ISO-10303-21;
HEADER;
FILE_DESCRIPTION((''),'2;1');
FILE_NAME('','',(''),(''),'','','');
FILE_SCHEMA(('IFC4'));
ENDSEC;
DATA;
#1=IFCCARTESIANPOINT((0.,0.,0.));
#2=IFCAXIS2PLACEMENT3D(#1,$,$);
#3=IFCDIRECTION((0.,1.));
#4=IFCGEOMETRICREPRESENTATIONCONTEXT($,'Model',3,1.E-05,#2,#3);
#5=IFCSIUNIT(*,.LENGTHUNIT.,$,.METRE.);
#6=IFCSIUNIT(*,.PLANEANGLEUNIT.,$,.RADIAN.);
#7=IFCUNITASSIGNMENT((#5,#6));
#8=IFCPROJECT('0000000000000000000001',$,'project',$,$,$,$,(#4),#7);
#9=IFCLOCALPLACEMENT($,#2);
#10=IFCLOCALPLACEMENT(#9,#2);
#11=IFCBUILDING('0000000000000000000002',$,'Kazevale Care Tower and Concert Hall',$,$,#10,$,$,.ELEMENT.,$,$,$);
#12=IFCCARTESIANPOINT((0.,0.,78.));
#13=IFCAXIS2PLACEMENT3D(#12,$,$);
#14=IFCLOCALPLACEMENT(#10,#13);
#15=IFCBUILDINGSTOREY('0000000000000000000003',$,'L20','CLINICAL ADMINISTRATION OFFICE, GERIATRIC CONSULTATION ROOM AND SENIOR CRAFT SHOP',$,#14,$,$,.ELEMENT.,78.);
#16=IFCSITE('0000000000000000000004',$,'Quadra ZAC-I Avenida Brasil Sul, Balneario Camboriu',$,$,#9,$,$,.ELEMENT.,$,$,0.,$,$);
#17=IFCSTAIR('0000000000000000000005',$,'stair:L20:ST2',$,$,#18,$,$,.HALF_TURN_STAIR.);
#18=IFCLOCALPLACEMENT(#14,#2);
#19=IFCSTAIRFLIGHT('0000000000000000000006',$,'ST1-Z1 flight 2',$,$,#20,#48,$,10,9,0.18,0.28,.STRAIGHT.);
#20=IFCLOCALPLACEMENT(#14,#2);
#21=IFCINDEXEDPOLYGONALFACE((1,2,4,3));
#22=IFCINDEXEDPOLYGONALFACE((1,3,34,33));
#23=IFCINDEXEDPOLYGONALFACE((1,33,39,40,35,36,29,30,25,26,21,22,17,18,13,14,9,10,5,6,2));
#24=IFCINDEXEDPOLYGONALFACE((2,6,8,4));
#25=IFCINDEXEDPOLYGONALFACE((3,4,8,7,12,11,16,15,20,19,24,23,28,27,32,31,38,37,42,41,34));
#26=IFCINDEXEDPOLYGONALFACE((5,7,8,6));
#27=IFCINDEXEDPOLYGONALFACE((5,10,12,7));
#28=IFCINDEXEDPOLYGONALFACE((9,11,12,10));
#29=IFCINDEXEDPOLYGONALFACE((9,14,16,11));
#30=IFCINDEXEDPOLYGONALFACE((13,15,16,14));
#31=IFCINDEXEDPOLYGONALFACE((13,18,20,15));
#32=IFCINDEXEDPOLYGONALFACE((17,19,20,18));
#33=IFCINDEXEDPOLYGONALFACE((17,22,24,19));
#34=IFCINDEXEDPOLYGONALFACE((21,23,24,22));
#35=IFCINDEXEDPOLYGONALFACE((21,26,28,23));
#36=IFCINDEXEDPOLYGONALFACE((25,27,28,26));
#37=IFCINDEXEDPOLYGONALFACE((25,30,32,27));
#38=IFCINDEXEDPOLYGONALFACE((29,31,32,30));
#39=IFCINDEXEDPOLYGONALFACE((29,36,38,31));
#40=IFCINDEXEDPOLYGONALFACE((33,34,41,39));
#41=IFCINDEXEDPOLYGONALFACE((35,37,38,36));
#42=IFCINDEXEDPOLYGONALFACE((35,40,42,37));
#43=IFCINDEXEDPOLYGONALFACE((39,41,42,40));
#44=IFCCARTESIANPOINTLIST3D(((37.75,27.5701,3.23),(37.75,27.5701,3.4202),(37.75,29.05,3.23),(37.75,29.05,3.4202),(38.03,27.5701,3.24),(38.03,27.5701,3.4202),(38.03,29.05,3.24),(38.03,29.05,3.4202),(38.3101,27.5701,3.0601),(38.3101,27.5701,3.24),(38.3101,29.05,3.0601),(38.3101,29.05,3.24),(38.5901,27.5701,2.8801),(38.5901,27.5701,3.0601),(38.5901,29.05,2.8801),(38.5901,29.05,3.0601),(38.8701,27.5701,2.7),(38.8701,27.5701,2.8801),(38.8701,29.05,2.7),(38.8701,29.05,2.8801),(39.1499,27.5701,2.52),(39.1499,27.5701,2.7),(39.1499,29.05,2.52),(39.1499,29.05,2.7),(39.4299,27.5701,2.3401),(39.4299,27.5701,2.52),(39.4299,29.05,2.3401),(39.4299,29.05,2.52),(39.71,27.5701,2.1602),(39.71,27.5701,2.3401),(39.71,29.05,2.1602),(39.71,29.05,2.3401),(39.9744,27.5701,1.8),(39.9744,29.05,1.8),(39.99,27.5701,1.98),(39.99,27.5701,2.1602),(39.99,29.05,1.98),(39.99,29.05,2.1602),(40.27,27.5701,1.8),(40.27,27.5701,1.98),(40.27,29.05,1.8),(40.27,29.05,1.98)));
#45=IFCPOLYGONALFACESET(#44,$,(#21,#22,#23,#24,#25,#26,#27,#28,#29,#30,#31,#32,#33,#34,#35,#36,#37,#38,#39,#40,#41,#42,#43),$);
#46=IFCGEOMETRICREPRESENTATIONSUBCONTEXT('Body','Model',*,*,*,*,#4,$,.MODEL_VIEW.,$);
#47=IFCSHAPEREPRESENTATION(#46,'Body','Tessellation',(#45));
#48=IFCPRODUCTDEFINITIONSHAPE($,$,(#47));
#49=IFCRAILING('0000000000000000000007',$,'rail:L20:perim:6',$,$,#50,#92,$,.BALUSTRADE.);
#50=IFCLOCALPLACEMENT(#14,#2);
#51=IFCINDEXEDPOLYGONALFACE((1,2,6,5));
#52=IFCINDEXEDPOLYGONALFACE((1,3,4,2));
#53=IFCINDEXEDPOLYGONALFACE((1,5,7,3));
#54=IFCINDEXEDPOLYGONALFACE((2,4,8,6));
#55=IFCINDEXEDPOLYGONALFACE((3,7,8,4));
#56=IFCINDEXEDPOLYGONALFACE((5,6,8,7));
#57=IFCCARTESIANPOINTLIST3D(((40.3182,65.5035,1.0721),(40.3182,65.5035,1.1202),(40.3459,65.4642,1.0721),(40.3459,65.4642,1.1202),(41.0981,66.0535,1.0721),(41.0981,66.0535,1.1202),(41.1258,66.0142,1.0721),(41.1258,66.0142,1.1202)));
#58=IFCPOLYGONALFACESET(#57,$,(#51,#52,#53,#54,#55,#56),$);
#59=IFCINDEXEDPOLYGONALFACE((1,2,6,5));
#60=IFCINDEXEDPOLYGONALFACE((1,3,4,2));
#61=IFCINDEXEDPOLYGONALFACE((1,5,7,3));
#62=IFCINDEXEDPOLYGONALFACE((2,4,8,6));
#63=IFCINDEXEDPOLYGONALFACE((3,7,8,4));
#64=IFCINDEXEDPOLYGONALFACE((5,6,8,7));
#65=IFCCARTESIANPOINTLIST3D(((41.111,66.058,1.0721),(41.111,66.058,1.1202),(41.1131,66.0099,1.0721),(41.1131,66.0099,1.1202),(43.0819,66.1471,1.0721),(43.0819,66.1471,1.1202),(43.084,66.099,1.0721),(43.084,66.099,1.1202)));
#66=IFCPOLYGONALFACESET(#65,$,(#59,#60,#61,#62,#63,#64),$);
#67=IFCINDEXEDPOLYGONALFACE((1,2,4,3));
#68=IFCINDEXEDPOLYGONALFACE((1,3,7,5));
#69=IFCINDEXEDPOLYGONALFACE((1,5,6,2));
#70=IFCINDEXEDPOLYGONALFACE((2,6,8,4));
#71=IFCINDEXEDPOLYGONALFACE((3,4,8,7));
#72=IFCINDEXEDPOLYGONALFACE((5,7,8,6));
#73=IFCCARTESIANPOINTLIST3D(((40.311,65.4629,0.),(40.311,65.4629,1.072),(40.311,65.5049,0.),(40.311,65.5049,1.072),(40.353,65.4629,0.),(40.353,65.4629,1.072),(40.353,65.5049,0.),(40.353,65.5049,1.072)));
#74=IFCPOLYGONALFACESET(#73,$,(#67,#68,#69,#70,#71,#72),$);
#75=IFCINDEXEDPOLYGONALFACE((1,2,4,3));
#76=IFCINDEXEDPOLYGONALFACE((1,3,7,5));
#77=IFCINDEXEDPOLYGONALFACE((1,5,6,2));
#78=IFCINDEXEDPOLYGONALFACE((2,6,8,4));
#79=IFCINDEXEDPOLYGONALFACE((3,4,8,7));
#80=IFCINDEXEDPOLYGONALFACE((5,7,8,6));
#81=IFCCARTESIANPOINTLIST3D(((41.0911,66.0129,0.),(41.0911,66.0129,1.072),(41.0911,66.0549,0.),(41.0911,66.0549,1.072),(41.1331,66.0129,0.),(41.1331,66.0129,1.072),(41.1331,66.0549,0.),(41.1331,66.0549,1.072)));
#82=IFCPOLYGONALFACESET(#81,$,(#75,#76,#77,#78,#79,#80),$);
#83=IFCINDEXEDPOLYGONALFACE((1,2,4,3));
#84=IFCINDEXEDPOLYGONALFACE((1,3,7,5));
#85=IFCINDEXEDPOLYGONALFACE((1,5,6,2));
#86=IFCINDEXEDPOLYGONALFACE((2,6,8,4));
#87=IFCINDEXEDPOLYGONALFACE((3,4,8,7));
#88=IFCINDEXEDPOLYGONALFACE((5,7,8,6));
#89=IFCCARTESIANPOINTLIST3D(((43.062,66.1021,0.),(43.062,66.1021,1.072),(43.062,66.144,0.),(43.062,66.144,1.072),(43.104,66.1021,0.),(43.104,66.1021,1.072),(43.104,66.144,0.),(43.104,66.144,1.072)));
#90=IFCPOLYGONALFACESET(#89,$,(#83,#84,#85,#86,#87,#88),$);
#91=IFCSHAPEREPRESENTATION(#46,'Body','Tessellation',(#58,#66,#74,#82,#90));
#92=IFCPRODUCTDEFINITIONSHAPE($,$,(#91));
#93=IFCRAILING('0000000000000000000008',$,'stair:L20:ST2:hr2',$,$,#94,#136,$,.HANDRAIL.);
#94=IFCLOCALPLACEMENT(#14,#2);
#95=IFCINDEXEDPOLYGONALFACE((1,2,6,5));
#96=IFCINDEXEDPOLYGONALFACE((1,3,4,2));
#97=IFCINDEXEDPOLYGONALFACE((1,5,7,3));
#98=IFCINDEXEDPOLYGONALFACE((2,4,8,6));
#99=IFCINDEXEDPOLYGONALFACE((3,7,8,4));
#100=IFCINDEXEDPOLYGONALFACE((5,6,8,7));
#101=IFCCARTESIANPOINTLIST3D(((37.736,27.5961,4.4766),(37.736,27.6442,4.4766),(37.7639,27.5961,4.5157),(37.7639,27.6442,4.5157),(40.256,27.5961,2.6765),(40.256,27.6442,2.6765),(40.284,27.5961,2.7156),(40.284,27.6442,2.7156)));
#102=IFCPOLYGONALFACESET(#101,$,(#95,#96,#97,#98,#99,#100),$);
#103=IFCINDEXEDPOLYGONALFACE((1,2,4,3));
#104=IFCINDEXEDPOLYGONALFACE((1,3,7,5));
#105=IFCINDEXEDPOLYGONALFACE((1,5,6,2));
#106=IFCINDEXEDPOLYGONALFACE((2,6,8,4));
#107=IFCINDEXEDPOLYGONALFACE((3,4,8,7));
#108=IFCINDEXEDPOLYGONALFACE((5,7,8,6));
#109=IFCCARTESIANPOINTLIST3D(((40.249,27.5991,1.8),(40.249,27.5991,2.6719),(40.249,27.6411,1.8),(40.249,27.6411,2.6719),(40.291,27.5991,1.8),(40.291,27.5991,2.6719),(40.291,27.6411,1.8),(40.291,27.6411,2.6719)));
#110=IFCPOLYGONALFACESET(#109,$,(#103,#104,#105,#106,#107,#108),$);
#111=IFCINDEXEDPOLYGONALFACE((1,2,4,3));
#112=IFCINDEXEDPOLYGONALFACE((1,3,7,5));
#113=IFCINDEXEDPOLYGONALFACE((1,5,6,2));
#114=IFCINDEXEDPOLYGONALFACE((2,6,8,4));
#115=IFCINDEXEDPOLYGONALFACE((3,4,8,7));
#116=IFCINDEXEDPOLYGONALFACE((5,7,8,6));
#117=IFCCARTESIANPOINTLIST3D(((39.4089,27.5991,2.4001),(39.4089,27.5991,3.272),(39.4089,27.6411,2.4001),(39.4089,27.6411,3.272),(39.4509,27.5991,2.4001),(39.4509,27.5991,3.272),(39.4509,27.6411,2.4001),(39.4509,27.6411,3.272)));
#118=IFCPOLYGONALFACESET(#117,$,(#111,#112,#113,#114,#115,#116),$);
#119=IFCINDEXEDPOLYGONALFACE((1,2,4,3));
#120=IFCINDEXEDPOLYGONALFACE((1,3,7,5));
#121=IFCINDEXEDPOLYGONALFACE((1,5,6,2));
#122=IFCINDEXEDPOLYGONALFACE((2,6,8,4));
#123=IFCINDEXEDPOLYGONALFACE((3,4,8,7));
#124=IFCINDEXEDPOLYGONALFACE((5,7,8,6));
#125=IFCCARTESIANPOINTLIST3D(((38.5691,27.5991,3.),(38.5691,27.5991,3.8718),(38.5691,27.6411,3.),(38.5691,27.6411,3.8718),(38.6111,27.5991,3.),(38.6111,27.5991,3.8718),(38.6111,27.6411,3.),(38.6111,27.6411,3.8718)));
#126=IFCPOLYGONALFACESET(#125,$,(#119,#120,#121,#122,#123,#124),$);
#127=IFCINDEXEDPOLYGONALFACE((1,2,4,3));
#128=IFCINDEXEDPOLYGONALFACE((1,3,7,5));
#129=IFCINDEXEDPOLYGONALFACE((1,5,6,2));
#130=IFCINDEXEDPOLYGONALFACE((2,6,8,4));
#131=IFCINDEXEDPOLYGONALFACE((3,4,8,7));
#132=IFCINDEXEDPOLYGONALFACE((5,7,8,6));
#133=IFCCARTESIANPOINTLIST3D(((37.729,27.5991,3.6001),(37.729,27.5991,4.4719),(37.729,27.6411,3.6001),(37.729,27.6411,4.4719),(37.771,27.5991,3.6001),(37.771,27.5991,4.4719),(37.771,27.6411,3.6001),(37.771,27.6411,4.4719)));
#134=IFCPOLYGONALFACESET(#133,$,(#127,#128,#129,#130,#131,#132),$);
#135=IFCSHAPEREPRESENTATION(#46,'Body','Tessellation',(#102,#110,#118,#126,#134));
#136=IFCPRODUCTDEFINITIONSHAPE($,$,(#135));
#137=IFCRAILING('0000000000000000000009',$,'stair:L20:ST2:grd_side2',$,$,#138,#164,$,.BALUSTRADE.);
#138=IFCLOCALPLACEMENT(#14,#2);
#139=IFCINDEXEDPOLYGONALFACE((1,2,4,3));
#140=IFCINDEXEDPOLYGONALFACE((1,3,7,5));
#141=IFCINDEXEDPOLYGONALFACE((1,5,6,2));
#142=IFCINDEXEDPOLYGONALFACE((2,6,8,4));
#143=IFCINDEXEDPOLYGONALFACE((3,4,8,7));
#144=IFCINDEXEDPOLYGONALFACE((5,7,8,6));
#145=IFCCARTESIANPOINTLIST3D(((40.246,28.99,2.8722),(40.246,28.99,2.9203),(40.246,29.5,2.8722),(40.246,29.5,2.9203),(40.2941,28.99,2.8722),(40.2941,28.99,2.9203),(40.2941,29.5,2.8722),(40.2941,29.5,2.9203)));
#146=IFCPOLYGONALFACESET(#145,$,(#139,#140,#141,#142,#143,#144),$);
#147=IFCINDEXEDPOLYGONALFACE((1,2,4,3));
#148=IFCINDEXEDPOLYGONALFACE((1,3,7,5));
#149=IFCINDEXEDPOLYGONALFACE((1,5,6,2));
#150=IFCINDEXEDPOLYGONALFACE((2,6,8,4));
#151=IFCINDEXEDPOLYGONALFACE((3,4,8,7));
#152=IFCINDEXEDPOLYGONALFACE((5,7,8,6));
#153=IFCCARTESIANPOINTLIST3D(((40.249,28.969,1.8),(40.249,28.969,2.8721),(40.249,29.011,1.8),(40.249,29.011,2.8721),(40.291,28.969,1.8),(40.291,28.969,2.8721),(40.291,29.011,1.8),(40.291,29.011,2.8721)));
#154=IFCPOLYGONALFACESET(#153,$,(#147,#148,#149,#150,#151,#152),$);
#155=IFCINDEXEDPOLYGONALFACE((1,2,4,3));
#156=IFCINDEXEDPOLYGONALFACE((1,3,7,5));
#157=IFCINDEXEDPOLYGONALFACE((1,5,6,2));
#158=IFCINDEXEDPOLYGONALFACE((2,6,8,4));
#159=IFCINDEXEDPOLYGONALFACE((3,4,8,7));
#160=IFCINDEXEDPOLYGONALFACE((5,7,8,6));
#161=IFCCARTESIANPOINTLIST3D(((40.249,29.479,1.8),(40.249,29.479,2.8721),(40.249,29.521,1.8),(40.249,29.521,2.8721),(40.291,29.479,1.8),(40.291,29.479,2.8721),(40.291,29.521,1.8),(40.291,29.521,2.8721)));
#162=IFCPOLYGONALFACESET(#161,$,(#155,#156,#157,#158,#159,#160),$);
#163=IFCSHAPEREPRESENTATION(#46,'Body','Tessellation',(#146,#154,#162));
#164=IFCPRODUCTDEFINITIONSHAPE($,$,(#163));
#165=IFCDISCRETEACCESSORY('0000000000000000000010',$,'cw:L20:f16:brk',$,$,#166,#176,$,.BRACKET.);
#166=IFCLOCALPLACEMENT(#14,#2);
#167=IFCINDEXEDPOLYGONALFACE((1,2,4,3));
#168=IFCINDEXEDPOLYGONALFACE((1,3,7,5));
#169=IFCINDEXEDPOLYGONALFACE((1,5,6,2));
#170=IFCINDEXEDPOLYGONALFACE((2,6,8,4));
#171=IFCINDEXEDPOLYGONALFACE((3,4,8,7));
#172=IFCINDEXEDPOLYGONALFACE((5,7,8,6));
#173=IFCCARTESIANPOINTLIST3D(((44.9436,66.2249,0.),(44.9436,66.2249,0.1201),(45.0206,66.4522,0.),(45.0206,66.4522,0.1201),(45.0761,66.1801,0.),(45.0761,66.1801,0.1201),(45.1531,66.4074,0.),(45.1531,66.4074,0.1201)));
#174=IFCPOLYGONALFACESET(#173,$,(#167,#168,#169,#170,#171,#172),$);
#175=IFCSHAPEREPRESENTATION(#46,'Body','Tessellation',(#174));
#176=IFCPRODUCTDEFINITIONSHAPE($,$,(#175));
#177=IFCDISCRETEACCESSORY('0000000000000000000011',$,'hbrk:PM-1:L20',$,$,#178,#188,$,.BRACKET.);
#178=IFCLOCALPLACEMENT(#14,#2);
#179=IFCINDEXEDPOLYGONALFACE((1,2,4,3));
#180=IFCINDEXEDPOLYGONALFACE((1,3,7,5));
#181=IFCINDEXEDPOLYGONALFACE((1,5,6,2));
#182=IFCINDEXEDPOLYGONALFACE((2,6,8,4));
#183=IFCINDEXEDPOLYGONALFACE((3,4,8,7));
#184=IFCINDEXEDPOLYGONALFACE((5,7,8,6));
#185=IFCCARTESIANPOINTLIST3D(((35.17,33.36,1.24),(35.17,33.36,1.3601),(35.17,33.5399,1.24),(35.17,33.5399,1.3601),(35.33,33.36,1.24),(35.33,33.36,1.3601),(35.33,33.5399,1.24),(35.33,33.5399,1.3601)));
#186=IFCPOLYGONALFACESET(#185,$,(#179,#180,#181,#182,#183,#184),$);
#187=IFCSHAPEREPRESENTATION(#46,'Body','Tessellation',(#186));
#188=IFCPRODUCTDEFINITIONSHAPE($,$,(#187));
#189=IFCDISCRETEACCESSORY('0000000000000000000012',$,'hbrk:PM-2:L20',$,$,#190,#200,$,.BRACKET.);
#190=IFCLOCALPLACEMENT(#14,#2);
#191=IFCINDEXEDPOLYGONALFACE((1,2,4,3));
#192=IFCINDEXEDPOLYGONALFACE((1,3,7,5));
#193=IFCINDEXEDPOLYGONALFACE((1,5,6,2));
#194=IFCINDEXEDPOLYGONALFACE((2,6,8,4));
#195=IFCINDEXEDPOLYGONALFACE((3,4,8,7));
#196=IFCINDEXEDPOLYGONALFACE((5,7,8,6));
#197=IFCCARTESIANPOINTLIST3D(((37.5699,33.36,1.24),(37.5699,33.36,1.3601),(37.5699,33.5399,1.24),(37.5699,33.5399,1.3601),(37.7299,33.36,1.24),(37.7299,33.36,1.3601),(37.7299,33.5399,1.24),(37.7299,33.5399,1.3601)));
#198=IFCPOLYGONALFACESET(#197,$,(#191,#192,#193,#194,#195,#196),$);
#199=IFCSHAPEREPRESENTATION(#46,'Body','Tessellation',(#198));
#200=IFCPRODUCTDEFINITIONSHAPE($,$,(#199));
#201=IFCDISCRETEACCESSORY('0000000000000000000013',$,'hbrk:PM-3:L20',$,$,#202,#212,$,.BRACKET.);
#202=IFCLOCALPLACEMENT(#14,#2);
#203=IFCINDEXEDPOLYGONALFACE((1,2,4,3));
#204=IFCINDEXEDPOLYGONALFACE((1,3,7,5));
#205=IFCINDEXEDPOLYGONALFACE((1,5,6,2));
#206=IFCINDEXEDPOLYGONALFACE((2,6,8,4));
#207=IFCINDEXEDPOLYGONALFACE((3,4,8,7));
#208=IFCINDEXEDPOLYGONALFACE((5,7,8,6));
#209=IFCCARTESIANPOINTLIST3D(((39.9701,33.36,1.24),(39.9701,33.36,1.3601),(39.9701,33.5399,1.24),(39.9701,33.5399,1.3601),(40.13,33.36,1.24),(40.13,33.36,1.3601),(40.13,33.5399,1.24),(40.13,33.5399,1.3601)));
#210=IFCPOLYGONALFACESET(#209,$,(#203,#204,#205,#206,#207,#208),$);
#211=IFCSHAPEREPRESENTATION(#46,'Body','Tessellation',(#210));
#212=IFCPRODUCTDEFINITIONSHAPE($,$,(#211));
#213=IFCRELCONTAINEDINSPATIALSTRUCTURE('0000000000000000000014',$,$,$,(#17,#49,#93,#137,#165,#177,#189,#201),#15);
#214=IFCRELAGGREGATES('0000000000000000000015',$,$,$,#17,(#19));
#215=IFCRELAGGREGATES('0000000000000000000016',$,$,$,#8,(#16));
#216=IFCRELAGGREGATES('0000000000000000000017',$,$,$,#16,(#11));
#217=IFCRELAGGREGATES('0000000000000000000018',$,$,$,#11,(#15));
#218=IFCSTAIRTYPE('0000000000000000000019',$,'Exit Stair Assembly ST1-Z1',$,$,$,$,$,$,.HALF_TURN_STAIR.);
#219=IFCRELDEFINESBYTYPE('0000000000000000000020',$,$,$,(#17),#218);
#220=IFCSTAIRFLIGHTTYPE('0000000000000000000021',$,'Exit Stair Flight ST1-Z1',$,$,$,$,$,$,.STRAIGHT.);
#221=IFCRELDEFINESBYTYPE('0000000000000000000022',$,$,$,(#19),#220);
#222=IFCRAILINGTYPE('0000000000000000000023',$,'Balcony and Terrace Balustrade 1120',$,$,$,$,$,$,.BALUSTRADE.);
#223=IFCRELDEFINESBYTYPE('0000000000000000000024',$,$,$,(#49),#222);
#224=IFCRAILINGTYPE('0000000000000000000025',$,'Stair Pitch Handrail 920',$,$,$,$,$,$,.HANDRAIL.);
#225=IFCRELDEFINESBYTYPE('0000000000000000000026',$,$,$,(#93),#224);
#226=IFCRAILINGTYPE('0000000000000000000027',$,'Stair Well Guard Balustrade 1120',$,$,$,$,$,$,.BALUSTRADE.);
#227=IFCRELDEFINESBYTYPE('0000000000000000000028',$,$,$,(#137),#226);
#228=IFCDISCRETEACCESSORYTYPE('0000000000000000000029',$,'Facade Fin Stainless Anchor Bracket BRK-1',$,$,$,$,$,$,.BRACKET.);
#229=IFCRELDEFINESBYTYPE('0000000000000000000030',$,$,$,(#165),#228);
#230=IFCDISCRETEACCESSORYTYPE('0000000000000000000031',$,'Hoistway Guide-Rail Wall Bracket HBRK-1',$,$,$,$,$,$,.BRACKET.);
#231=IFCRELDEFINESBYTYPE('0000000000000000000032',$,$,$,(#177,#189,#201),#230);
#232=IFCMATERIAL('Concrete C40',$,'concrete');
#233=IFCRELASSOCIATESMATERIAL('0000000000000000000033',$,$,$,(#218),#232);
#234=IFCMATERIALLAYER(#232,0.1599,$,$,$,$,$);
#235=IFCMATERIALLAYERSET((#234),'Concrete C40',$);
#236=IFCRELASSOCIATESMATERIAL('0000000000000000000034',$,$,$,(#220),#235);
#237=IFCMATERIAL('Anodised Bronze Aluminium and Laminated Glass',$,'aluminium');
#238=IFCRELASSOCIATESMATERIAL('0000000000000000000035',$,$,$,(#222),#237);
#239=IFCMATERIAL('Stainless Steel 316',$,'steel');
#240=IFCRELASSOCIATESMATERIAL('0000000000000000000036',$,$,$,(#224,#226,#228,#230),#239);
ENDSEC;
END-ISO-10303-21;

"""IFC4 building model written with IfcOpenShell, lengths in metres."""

from ifc_helpers import new_model, si_unit, direction, frame, origin, origin_2d, place, context, subcontext, project, spatial, polyline, rectangle, outline, extrude, material, layer, layer_set, type_object, element, aggregate, save


model = new_model("IFC4")

# Units and contexts
model_context = context("Model", 3, precision=1e-05, world=origin(), true_north=direction((0.0, 1.0)))
body_context = subcontext(model_context, "Body", "Model", "MODEL_VIEW")
ifc_project = project(units=[si_unit("LENGTHUNIT", "METRE"), si_unit("PLANEANGLEUNIT", "RADIAN")], contexts=[model_context])

# Site, building, storey
site_placement = place(None, origin())
site = spatial("IfcSite", under=ifc_project, at=site_placement, Name="Quadra ZAC-I Avenida Brasil Sul, Balneario Camboriu", CompositionType="ELEMENT", RefElevation=0.0)
building_placement = place(site_placement, origin())
building = spatial("IfcBuilding", under=site, at=building_placement, Name="Kazevale Care Tower and Concert Hall", CompositionType="ELEMENT")
storey_placement = place(building_placement, frame((0.0, 0.0, 78.0)))
storey = spatial("IfcBuildingStorey", under=building, at=storey_placement, Name="L20", Description="CLINICAL ADMINISTRATION OFFICE, GERIATRIC CONSULTATION ROOM AND SENIOR CRAFT SHOP", CompositionType="ELEMENT", Elevation=78.0)

# Shared definitions
ifc_material_1 = material(Name="Concrete C40", Category="concrete")

# Stair, stair flight
stair_type = type_object("IfcStairType", Name="Exit Stair Assembly ST1-Z1", PredefinedType="HALF_TURN_STAIR", material=ifc_material_1)
stair_placement = place(storey_placement, origin())
stair = element("IfcStair", 1, at=stair_placement, inside=storey, type_object=stair_type, Name="stair:L20:ST2", PredefinedType="HALF_TURN_STAIR")
ifc_layer_1 = layer(ifc_material_1, 0.1599)
ifc_layer_set_1 = layer_set([ifc_layer_1], Name="Concrete C40")
stair_flight_type = type_object("IfcStairFlightType", Name="Exit Stair Flight ST1-Z1", PredefinedType="STRAIGHT", material=ifc_layer_set_1)
stair_flight_placement = place(storey_placement, frame((40.27, 28.3101, 1.8), z_axis=(0.0, 0.0, 1.0), x_axis=(-1.0, 0.0, 0.0)))
stair_flight = element("IfcStairFlight", 2, at=stair_flight_placement, type_object=stair_flight_type, Name="ST1-Z1 flight 2", NumberOfRisers=10, NumberOfTreads=9, PredefinedType="STRAIGHT", RiserHeight=0.18, TreadLength=0.28, context=body_context, shape_type="SweptSolid", body=[
    extrude(outline(polyline([(0.0, 0.0), (0.0, 0.1799), (0.28, 0.1799), (0.28, 0.3601), (0.5601, 0.3601), (0.5601, 0.54), (0.8401, 0.54), (0.8401, 0.72), (1.1201, 0.72), (1.1201, 0.8999), (1.3999, 0.8999), (1.3999, 1.0801), (1.6799, 1.0801), (1.6799, 1.26), (1.96, 1.26), (1.96, 1.4399), (2.24, 1.4399), (2.24, 1.6201), (2.52, 1.6201), (2.52, 1.8), (2.52, 1.4299), (0.2957, 0.0), (0.0, 0.0)])), frame((0.0, 0.74, 0.0), z_axis=(0.0, -1.0, 0.0), x_axis=(1.0, 0.0, 0.0)), (0.0, 0.0, 1.0), 1.48),
])
aggregate(stair, [stair_flight])

# Railings
ifc_material_2 = material(Name="Anodised Bronze Aluminium and Laminated Glass", Category="aluminium")
railing_type_1 = type_object("IfcRailingType", Name="Balcony and Terrace Balustrade 1120", PredefinedType="BALUSTRADE", material=ifc_material_2)
railing_1_placement = place(storey_placement, frame((40.332, 65.4839, 0.0)))
element("IfcRailing", 3, at=railing_1_placement, inside=storey, type_object=railing_type_1, Name="rail:L20:perim:6", PredefinedType="BALUSTRADE", context=body_context, shape_type="SweptSolid", body=[
    extrude(rectangle(XDim=0.0481, YDim=0.0481, at=origin_2d()), frame((0.0, 0.0, 1.0962), z_axis=(0.817244, 0.576291, 0.0), x_axis=(-0.576291, 0.817244, 0.0)), (0.0, 0.0, 1.0), 0.9543),
    extrude(rectangle(XDim=0.0481, YDim=0.0481, at=origin_2d()), frame((0.78, 0.55, 1.0962), z_axis=(0.998979, 0.045166, 0.0), x_axis=(-0.045166, 0.998979, 0.0)), (0.0, 0.0, 1.0), 1.9729),
    extrude(rectangle(XDim=0.042, YDim=0.042, at=origin_2d()), origin(), (0.0, 0.0, 1.0), 1.072),
    extrude(rectangle(XDim=0.042, YDim=0.042, at=origin_2d()), frame((0.78, 0.55, 0.0)), (0.0, 0.0, 1.0), 1.072),
    extrude(rectangle(XDim=0.042, YDim=0.042, at=origin_2d()), frame((2.751, 0.6392, 0.0)), (0.0, 0.0, 1.0), 1.072),
])
ifc_material_3 = material(Name="Stainless Steel 316", Category="steel")
railing_type_2 = type_object("IfcRailingType", Name="Stair Pitch Handrail 920", PredefinedType="HANDRAIL", material=ifc_material_3)
railing_2_placement = place(storey_placement, frame((40.27, 27.6201, 1.8)))
element("IfcRailing", 4, at=railing_2_placement, inside=storey, type_object=railing_type_2, Name="stair:L20:ST2:hr2", PredefinedType="HANDRAIL", context=body_context, shape_type="SweptSolid", body=[
    extrude(rectangle(XDim=0.0481, YDim=0.0481, at=origin_2d()), frame((0.0, 0.0, 0.896), z_axis=(-0.813728, 0.0, 0.581246), x_axis=(0.0, -1.0, 0.0)), (0.0, 0.0, 1.0), 3.0969),
    extrude(rectangle(XDim=0.042, YDim=0.042, at=origin_2d()), origin(), (0.0, 0.0, 1.0), 0.8718),
    extrude(rectangle(XDim=0.042, YDim=0.042, at=origin_2d()), frame((-0.8401, 0.0, 0.6001)), (0.0, 0.0, 1.0), 0.8718),
    extrude(rectangle(XDim=0.042, YDim=0.042, at=origin_2d()), frame((-1.6799, 0.0, 1.2)), (0.0, 0.0, 1.0), 0.8718),
    extrude(rectangle(XDim=0.042, YDim=0.042, at=origin_2d()), frame((-2.52, 0.0, 1.8)), (0.0, 0.0, 1.0), 0.8718),
])
railing_type_3 = type_object("IfcRailingType", Name="Stair Well Guard Balustrade 1120", PredefinedType="BALUSTRADE", material=ifc_material_3)
railing_3_placement = place(storey_placement, frame((40.27, 28.99, 1.8)))
element("IfcRailing", 5, at=railing_3_placement, inside=storey, type_object=railing_type_3, Name="stair:L20:ST2:grd_side2", PredefinedType="BALUSTRADE", context=body_context, shape_type="SweptSolid", body=[
    extrude(rectangle(XDim=0.0481, YDim=0.0481, at=origin_2d()), frame((0.0, 0.0, 1.0962), z_axis=(0.0, 1.0, 0.0), x_axis=(-1.0, 0.0, 0.0)), (0.0, 0.0, 1.0), 0.51),
    extrude(rectangle(XDim=0.042, YDim=0.042, at=origin_2d()), origin(), (0.0, 0.0, 1.0), 1.072),
    extrude(rectangle(XDim=0.042, YDim=0.042, at=origin_2d()), frame((0.0, 0.51, 0.0)), (0.0, 0.0, 1.0), 1.072),
])

# Discrete accessories
discrete_accessory_type_1 = type_object("IfcDiscreteAccessoryType", Name="Facade Fin Stainless Anchor Bracket BRK-1", PredefinedType="BRACKET", material=ifc_material_3)
discrete_accessory_placement = place(storey_placement, frame((45.0483, 66.3162, 0.0), z_axis=(0.0, 0.0, 1.0), x_axis=(0.320613, 0.94721, 0.0)))
element("IfcDiscreteAccessory", 6, at=discrete_accessory_placement, inside=storey, type_object=discrete_accessory_type_1, Name="cw:L20:f16:brk", PredefinedType="BRACKET", context=body_context, shape_type="SweptSolid", body=[
    extrude(rectangle(XDim=0.24, YDim=0.1399, at=origin_2d()), origin(), (0.0, 0.0, 1.0), 0.1201),
])
discrete_accessory_type_2 = type_object("IfcDiscreteAccessoryType", Name="Hoistway Guide-Rail Wall Bracket HBRK-1", PredefinedType="BRACKET", material=ifc_material_3)
for number, where, z_axis, x_axis, name in (
    (7, (35.25, 33.45, 1.24), (0.0, 0.0, 1.0), (1.0, 0.0, 0.0), "hbrk:PM-1:L20"),
    (8, (37.6499, 33.45, 1.24), (0.0, 0.0, 1.0), (1.0, 0.0, 0.0), "hbrk:PM-2:L20"),
    (9, (40.05, 33.45, 1.24), (0.0, 0.0, 1.0), (1.0, 0.0, 0.0), "hbrk:PM-3:L20"),
):
    element("IfcDiscreteAccessory", number, at=place(storey_placement, frame(where, z_axis=z_axis, x_axis=x_axis)), inside=storey, type_object=discrete_accessory_type_2, Name=name, PredefinedType="BRACKET", context=body_context, shape_type="SweptSolid", body=[
        extrude(rectangle(XDim=0.1599, YDim=0.1799, at=origin_2d()), origin(), (0.0, 0.0, 1.0), 0.1201),
    ])

save(model, "model.ifc")
